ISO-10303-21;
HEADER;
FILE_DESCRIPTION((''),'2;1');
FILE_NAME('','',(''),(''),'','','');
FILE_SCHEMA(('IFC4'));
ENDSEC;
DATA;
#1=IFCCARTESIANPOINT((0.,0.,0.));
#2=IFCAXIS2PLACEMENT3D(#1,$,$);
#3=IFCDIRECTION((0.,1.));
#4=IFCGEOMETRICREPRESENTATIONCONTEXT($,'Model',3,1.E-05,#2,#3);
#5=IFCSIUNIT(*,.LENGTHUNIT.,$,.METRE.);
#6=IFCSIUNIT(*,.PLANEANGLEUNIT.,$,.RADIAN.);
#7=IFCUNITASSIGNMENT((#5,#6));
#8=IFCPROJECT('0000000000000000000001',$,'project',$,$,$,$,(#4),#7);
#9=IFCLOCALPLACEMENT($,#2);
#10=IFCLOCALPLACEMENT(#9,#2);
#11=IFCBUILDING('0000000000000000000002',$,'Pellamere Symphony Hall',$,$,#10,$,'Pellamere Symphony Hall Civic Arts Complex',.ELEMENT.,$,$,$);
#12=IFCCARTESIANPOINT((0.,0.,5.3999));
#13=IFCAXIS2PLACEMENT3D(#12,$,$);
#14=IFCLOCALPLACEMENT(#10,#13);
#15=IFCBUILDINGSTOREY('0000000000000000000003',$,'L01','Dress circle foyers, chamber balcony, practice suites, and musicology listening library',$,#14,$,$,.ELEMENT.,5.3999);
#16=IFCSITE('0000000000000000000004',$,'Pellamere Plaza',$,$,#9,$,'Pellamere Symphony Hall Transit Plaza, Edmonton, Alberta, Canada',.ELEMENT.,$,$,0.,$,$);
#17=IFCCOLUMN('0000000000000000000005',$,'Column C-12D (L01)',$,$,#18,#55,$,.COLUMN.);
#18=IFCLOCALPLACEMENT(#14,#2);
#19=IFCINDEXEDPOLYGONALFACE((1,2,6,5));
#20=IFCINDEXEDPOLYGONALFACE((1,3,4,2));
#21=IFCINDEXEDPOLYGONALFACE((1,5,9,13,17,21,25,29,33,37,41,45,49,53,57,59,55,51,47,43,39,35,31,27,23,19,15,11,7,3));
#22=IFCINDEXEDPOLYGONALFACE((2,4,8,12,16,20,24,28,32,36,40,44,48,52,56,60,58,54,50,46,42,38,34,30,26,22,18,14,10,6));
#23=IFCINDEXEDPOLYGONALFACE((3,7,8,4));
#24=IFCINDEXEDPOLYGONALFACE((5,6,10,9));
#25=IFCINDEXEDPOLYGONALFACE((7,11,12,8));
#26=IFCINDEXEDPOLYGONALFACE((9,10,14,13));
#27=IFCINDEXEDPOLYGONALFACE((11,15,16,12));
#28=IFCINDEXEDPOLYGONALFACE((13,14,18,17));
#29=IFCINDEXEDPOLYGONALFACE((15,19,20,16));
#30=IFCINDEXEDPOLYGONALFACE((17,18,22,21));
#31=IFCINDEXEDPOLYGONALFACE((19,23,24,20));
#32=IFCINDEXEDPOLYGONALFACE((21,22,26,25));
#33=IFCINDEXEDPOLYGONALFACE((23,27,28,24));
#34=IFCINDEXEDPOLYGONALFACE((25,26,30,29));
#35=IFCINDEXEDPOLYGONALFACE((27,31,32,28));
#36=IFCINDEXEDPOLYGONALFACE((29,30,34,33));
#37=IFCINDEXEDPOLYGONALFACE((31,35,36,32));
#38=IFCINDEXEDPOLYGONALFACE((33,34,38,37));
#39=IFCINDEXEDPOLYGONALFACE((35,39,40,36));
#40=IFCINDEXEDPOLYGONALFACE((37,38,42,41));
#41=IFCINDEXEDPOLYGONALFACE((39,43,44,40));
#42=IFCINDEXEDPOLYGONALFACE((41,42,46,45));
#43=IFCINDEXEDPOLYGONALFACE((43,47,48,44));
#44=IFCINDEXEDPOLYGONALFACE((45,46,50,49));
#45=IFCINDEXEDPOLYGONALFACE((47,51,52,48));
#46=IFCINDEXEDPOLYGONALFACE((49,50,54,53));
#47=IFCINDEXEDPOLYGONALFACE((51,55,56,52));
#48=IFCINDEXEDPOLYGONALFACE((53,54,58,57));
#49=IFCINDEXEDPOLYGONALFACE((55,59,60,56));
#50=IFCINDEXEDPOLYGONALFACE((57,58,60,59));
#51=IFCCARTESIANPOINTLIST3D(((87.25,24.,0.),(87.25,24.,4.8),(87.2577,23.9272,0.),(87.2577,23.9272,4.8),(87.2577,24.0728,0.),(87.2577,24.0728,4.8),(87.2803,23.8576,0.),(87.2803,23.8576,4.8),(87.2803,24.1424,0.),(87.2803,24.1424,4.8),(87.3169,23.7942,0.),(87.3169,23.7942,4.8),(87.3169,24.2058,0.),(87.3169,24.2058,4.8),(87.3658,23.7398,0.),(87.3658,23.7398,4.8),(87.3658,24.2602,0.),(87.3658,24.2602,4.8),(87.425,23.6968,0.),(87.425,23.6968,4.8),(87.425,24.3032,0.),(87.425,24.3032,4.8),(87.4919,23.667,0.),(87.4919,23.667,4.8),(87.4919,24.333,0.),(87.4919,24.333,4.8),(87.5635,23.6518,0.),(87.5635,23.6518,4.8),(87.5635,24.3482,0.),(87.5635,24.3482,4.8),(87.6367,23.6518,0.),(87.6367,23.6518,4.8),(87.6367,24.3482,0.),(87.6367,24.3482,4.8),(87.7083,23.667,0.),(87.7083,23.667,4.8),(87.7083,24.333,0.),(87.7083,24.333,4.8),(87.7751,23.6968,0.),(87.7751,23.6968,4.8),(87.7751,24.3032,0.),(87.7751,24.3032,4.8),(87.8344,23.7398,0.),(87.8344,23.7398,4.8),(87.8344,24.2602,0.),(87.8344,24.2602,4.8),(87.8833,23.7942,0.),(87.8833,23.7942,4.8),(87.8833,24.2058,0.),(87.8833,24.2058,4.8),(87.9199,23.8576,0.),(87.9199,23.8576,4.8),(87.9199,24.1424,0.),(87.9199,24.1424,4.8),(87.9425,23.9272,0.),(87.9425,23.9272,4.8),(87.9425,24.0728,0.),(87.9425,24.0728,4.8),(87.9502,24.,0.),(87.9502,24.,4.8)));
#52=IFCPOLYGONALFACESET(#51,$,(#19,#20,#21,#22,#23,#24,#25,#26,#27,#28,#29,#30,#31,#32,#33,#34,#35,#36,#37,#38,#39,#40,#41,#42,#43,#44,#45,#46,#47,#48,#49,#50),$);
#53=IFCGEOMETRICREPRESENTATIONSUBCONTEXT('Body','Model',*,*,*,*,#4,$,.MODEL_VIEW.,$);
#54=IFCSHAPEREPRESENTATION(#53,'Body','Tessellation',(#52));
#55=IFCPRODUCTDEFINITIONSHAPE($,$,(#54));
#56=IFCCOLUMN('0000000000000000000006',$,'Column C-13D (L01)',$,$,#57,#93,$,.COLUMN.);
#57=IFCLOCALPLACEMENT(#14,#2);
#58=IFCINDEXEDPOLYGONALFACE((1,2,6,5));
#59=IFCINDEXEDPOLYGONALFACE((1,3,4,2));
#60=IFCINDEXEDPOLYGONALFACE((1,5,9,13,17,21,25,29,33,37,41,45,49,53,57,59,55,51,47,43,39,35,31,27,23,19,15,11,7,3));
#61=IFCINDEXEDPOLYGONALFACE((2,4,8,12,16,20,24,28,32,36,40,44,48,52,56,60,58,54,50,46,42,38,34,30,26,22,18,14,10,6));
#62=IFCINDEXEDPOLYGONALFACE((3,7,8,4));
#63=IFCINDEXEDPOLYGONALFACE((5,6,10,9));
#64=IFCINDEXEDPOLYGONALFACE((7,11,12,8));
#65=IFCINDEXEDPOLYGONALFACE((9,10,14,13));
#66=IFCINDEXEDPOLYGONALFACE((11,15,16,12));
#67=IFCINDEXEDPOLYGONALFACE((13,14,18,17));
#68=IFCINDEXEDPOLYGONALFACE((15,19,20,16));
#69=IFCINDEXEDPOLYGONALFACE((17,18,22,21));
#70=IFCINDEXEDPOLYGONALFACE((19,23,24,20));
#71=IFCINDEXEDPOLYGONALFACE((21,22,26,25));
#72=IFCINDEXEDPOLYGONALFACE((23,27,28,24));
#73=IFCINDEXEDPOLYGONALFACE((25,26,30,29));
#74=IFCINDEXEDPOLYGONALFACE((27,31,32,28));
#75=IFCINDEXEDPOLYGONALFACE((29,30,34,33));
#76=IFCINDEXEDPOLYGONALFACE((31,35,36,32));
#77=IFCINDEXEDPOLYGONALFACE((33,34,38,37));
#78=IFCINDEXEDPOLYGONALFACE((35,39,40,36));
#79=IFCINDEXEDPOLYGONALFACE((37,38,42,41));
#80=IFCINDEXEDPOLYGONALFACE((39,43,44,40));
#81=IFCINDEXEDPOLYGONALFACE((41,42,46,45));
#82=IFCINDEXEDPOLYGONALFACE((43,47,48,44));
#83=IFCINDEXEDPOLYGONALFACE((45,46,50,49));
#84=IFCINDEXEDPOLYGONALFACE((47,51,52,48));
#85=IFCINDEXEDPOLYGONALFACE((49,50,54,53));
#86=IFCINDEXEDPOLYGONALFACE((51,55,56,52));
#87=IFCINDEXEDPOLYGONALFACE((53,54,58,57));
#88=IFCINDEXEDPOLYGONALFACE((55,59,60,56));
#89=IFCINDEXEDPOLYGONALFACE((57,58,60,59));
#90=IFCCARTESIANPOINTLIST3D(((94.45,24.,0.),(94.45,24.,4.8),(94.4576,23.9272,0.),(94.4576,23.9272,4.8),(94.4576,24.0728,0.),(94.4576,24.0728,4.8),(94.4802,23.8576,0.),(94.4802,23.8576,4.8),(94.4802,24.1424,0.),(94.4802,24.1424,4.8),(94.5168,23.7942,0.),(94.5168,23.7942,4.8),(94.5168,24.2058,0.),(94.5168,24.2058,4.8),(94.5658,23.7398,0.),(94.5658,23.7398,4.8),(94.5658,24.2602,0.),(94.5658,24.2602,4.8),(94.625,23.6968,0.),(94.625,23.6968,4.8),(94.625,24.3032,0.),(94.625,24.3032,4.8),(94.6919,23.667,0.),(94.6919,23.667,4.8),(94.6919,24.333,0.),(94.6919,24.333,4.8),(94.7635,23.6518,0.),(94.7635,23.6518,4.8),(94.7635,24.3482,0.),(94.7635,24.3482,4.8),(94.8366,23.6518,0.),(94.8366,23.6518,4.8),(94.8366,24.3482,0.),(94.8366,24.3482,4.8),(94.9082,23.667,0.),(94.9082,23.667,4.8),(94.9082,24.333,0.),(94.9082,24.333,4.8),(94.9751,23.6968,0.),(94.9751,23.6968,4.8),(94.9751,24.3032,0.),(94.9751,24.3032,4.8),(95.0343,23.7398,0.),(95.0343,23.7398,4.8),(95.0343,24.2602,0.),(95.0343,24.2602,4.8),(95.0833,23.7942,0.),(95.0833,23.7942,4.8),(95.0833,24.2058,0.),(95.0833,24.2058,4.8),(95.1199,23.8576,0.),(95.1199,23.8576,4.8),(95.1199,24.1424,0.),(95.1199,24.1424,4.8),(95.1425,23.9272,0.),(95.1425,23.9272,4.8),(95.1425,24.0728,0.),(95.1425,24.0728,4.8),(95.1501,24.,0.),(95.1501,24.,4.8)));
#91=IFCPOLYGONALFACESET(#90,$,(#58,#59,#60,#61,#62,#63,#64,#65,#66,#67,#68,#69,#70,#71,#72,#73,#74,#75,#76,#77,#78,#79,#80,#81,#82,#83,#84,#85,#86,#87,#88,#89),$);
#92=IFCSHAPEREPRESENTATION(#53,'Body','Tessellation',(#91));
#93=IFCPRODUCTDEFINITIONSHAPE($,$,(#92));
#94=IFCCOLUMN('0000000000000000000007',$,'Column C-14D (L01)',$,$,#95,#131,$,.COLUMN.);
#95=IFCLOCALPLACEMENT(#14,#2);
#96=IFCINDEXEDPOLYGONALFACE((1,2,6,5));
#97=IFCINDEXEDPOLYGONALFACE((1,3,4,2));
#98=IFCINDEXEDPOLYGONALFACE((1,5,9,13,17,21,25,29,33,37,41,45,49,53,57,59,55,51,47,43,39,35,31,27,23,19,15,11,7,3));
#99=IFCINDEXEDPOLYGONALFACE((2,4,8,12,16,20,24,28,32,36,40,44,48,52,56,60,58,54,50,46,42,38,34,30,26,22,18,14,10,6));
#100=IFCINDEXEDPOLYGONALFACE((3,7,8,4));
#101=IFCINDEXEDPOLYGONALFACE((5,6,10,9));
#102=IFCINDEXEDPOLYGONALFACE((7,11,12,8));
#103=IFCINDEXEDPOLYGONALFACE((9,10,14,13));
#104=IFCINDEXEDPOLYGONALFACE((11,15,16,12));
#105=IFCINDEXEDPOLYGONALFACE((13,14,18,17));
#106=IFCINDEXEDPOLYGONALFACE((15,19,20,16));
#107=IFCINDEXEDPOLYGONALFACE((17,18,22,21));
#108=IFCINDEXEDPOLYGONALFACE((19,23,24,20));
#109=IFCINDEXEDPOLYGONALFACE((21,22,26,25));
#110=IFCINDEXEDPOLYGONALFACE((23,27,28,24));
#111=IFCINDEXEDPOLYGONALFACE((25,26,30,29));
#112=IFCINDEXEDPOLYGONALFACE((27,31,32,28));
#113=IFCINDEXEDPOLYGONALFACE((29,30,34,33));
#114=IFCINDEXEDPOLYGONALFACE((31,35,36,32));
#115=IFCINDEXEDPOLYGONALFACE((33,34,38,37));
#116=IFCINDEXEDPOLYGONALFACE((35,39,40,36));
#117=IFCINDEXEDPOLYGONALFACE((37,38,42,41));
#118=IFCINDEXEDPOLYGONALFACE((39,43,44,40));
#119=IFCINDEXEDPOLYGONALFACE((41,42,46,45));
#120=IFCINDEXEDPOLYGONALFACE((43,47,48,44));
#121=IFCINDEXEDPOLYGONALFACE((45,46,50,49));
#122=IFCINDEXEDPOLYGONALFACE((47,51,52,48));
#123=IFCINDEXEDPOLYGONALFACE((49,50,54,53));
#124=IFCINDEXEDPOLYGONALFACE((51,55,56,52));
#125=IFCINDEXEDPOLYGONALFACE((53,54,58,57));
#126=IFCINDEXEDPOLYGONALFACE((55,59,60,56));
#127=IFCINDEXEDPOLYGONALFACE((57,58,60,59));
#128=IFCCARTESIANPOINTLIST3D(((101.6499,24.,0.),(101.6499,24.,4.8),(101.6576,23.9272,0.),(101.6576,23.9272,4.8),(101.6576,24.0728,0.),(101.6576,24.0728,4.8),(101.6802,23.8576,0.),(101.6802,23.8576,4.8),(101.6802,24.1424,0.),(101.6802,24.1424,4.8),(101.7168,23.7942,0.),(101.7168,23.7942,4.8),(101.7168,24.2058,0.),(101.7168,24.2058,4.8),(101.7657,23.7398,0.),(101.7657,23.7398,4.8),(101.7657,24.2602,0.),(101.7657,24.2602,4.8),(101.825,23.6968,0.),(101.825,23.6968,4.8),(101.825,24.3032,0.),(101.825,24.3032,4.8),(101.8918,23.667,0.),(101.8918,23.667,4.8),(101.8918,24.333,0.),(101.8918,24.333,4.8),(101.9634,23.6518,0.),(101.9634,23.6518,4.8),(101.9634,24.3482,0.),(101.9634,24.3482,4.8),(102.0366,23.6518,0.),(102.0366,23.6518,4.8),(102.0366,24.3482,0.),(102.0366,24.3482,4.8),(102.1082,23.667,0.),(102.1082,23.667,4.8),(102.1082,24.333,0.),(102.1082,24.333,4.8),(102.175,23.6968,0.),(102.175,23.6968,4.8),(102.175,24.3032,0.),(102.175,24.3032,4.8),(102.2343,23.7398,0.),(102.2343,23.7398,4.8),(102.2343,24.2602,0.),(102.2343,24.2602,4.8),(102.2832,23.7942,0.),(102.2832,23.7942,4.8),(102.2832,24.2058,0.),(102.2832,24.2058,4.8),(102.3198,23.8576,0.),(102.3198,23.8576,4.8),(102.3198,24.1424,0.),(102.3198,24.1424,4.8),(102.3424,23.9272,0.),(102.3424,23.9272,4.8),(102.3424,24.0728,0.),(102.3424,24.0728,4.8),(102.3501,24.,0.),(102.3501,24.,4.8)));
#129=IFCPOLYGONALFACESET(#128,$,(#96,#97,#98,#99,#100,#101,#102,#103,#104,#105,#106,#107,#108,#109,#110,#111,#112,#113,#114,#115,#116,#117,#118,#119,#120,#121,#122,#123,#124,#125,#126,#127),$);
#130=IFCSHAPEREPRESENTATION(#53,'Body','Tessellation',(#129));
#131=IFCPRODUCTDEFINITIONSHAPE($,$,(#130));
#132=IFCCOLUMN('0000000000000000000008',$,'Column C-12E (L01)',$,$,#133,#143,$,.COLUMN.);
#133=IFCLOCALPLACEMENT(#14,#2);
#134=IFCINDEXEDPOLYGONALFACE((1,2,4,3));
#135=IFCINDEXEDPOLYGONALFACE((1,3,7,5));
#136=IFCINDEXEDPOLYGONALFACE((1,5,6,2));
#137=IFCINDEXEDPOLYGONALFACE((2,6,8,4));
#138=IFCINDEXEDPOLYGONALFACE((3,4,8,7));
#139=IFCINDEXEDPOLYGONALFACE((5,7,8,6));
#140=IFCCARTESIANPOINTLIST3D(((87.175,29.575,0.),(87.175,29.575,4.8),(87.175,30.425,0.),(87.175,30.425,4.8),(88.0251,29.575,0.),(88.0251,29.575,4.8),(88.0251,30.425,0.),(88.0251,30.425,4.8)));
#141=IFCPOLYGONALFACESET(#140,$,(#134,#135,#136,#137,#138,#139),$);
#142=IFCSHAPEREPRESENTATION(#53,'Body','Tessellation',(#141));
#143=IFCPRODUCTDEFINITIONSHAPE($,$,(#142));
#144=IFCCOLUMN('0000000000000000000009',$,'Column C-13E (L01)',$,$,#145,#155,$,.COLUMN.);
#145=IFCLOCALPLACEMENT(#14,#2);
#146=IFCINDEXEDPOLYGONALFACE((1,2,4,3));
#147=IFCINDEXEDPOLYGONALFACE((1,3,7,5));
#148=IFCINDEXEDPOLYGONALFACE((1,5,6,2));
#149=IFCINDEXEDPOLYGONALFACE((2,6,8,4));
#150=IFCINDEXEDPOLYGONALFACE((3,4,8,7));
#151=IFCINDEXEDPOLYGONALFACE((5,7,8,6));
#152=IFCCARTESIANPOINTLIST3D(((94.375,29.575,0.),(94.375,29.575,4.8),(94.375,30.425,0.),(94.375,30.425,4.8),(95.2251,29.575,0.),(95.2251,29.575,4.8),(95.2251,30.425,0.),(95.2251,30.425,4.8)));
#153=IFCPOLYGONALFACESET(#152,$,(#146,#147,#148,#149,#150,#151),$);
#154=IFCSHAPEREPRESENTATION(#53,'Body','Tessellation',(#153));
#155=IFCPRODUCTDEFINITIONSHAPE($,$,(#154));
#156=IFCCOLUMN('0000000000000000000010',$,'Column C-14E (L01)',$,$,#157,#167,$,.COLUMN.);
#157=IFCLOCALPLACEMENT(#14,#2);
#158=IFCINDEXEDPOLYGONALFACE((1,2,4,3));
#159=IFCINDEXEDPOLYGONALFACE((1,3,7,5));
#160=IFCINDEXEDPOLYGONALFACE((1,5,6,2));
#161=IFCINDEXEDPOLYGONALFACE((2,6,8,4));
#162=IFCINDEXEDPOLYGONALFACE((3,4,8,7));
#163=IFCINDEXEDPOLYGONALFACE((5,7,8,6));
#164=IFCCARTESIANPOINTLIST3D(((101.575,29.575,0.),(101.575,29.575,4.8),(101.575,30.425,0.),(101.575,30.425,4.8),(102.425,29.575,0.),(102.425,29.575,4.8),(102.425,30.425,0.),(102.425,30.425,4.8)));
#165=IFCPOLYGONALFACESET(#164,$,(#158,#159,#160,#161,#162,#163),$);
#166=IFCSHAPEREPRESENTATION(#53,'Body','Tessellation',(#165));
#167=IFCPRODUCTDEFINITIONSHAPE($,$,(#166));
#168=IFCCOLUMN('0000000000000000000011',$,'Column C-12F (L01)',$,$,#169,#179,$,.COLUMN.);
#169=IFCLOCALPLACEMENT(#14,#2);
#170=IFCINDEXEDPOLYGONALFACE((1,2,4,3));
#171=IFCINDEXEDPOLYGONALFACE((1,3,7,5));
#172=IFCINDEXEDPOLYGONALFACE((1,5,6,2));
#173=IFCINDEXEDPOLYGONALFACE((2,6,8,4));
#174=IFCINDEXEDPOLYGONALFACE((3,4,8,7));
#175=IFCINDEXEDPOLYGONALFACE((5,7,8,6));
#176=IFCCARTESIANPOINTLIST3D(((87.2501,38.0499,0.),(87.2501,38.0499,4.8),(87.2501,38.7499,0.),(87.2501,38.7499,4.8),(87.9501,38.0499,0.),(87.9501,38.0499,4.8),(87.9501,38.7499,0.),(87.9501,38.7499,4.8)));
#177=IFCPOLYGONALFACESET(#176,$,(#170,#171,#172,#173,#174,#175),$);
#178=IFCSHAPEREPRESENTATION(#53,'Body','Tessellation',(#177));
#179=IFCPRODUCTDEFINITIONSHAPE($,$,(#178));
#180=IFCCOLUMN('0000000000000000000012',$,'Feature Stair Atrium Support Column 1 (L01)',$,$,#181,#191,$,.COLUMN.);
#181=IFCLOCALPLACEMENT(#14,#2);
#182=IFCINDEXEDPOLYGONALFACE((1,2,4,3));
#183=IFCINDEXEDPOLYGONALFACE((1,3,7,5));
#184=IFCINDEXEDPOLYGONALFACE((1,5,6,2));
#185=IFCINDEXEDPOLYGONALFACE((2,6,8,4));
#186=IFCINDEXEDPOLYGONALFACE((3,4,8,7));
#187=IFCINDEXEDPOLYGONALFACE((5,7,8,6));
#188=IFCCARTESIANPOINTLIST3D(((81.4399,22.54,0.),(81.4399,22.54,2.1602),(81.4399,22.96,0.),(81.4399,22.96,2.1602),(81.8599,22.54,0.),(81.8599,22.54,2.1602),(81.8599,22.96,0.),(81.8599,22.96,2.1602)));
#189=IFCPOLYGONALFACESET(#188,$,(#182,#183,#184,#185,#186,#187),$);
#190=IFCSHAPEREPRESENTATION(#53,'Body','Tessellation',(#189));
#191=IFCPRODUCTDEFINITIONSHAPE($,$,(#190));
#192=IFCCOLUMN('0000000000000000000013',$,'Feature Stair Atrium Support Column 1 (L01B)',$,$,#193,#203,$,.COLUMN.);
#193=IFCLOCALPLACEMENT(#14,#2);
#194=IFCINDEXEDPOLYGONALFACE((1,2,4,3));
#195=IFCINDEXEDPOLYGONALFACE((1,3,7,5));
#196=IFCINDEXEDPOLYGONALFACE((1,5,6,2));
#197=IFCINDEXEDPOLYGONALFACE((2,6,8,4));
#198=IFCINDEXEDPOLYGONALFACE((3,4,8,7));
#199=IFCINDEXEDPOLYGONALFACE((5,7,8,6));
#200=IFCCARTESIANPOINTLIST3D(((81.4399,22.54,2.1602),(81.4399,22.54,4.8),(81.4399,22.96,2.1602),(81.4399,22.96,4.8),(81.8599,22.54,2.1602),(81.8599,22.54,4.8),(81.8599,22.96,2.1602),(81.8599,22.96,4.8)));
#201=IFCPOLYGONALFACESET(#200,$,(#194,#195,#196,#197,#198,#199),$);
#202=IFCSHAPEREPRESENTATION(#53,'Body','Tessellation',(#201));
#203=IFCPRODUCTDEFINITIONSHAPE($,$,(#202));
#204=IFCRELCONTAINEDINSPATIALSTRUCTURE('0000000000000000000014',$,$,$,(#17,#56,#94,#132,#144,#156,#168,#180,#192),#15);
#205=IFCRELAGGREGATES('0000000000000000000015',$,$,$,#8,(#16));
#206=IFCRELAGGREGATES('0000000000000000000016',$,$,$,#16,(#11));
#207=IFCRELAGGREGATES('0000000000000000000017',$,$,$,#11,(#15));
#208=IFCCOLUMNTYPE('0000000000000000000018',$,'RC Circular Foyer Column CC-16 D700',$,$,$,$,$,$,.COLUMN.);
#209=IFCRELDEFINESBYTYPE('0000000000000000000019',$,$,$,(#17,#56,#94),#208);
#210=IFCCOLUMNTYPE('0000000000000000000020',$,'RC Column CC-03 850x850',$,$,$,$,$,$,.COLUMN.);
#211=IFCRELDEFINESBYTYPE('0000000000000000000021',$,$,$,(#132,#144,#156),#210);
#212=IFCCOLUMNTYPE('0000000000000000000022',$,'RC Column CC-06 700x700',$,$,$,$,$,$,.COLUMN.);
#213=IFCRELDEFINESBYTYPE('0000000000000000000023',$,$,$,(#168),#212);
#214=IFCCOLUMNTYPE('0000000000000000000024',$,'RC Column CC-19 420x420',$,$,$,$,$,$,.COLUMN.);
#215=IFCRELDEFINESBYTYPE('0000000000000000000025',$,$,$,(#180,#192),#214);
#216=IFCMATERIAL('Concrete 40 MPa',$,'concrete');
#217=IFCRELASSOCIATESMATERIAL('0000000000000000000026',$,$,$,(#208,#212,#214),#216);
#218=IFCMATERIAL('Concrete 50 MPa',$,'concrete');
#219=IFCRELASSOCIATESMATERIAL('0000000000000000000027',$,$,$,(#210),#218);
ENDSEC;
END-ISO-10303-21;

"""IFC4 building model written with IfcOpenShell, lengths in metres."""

from ifc_helpers import new_model, si_unit, direction, frame, origin, origin_2d, place, context, subcontext, project, spatial, rectangle, circle, extrude, material, material_profile, profile_set, type_object, element, save


model = new_model("IFC4")

# Units and contexts
model_context = context("Model", 3, precision=1e-05, world=origin(), true_north=direction((0.0, 1.0)))
body_context = subcontext(model_context, "Body", "Model", "MODEL_VIEW")
ifc_project = project(units=[si_unit("LENGTHUNIT", "METRE"), si_unit("PLANEANGLEUNIT", "RADIAN")], contexts=[model_context])

# Site, building, storey
site_placement = place(None, origin())
site = spatial("IfcSite", under=ifc_project, at=site_placement, Name="Pellamere Plaza", LongName="Pellamere Symphony Hall Transit Plaza, Edmonton, Alberta, Canada", CompositionType="ELEMENT", RefElevation=0.0)
building_placement = place(site_placement, origin())
building = spatial("IfcBuilding", under=site, at=building_placement, Name="Pellamere Symphony Hall", LongName="Pellamere Symphony Hall Civic Arts Complex", CompositionType="ELEMENT")
storey_placement = place(building_placement, frame((0.0, 0.0, 5.3999)))
storey = spatial("IfcBuildingStorey", under=building, at=storey_placement, Name="L01", Description="Dress circle foyers, chamber balcony, practice suites, and musicology listening library", CompositionType="ELEMENT", Elevation=5.3999)

# Columns
ifc_material_1 = material(Name="Concrete 40 MPa", Category="concrete")
ifc_material_profile_1 = material_profile(ifc_material_1, circle(Radius=0.3501, at=origin_2d()), Name="RCCOL D700")
ifc_profile_set_1 = profile_set([ifc_material_profile_1], Name="Concrete 40 MPa")
column_type_1 = type_object("IfcColumnType", Name="RC Circular Foyer Column CC-16 D700", PredefinedType="COLUMN", material=ifc_profile_set_1)
for number, where, z_axis, x_axis, name in (
    (1, (87.6001, 24.0, 0.0), (0.0, 0.0, 1.0), (1.0, 0.0, 0.0), "Column C-12D (L01)"),
    (2, (94.8, 24.0, 0.0), (0.0, 0.0, 1.0), (1.0, 0.0, 0.0), "Column C-13D (L01)"),
    (3, (102.0, 24.0, 0.0), (0.0, 0.0, 1.0), (1.0, 0.0, 0.0), "Column C-14D (L01)"),
):
    element("IfcColumn", number, at=place(storey_placement, frame(where, z_axis=z_axis, x_axis=x_axis)), inside=storey, type_object=column_type_1, Name=name, PredefinedType="COLUMN", context=body_context, shape_type="SweptSolid", body=[
        extrude(circle(Radius=0.3501, at=origin_2d()), origin(), (0.0, 0.0, 1.0), 4.8),
    ])
ifc_material_2 = material(Name="Concrete 50 MPa", Category="concrete")
ifc_material_profile_2 = material_profile(ifc_material_2, rectangle(XDim=0.8501, YDim=0.8501, at=origin_2d()), Name="RC 850x850")
ifc_profile_set_2 = profile_set([ifc_material_profile_2], Name="Concrete 50 MPa")
column_type_2 = type_object("IfcColumnType", Name="RC Column CC-03 850x850", PredefinedType="COLUMN", material=ifc_profile_set_2)
for number, where, z_axis, x_axis, name in (
    (4, (87.6001, 30.0, 0.0), (0.0, 0.0, 1.0), (1.0, 0.0, 0.0), "Column C-12E (L01)"),
    (5, (94.8, 30.0, 0.0), (0.0, 0.0, 1.0), (1.0, 0.0, 0.0), "Column C-13E (L01)"),
    (6, (102.0, 30.0, 0.0), (0.0, 0.0, 1.0), (1.0, 0.0, 0.0), "Column C-14E (L01)"),
):
    element("IfcColumn", number, at=place(storey_placement, frame(where, z_axis=z_axis, x_axis=x_axis)), inside=storey, type_object=column_type_2, Name=name, PredefinedType="COLUMN", context=body_context, shape_type="SweptSolid", body=[
        extrude(rectangle(XDim=0.8501, YDim=0.8501, at=origin_2d()), origin(), (0.0, 0.0, 1.0), 4.8),
    ])
ifc_material_profile_3 = material_profile(ifc_material_1, rectangle(XDim=0.7, YDim=0.7, at=origin_2d()), Name="RC 700x700")
ifc_profile_set_3 = profile_set([ifc_material_profile_3], Name="Concrete 40 MPa")
column_type_3 = type_object("IfcColumnType", Name="RC Column CC-06 700x700", PredefinedType="COLUMN", material=ifc_profile_set_3)
column_1_placement = place(storey_placement, frame((87.6001, 38.3999, 0.0), z_axis=(0.0, 0.0, 1.0), x_axis=(1.0, 0.0, 0.0)))
element("IfcColumn", 7, at=column_1_placement, inside=storey, type_object=column_type_3, Name="Column C-12F (L01)", PredefinedType="COLUMN", context=body_context, shape_type="SweptSolid", body=[
    extrude(rectangle(XDim=0.7, YDim=0.7, at=origin_2d()), origin(), (0.0, 0.0, 1.0), 4.8),
])
ifc_material_profile_4 = material_profile(ifc_material_1, rectangle(XDim=0.4199, YDim=0.4199, at=origin_2d()), Name="RC 420x420")
ifc_profile_set_4 = profile_set([ifc_material_profile_4], Name="Concrete 40 MPa")
column_type_4 = type_object("IfcColumnType", Name="RC Column CC-19 420x420", PredefinedType="COLUMN", material=ifc_profile_set_4)
column_2_placement = place(storey_placement, frame((81.6499, 22.75, 0.0), z_axis=(0.0, 0.0, 1.0), x_axis=(1.0, 0.0, 0.0)))
element("IfcColumn", 8, at=column_2_placement, inside=storey, type_object=column_type_4, Name="Feature Stair Atrium Support Column 1 (L01)", PredefinedType="COLUMN", context=body_context, shape_type="SweptSolid", body=[
    extrude(rectangle(XDim=0.4199, YDim=0.4199, at=origin_2d()), origin(), (0.0, 0.0, 1.0), 2.1602),
])
column_3_placement = place(storey_placement, frame((81.6499, 22.75, 2.1602), z_axis=(0.0, 0.0, 1.0), x_axis=(1.0, 0.0, 0.0)))
element("IfcColumn", 9, at=column_3_placement, inside=storey, type_object=column_type_4, Name="Feature Stair Atrium Support Column 1 (L01B)", PredefinedType="COLUMN", context=body_context, shape_type="SweptSolid", body=[
    extrude(rectangle(XDim=0.4199, YDim=0.4199, at=origin_2d()), origin(), (0.0, 0.0, 1.0), 2.6399),
])

save(model, "model.ifc")
